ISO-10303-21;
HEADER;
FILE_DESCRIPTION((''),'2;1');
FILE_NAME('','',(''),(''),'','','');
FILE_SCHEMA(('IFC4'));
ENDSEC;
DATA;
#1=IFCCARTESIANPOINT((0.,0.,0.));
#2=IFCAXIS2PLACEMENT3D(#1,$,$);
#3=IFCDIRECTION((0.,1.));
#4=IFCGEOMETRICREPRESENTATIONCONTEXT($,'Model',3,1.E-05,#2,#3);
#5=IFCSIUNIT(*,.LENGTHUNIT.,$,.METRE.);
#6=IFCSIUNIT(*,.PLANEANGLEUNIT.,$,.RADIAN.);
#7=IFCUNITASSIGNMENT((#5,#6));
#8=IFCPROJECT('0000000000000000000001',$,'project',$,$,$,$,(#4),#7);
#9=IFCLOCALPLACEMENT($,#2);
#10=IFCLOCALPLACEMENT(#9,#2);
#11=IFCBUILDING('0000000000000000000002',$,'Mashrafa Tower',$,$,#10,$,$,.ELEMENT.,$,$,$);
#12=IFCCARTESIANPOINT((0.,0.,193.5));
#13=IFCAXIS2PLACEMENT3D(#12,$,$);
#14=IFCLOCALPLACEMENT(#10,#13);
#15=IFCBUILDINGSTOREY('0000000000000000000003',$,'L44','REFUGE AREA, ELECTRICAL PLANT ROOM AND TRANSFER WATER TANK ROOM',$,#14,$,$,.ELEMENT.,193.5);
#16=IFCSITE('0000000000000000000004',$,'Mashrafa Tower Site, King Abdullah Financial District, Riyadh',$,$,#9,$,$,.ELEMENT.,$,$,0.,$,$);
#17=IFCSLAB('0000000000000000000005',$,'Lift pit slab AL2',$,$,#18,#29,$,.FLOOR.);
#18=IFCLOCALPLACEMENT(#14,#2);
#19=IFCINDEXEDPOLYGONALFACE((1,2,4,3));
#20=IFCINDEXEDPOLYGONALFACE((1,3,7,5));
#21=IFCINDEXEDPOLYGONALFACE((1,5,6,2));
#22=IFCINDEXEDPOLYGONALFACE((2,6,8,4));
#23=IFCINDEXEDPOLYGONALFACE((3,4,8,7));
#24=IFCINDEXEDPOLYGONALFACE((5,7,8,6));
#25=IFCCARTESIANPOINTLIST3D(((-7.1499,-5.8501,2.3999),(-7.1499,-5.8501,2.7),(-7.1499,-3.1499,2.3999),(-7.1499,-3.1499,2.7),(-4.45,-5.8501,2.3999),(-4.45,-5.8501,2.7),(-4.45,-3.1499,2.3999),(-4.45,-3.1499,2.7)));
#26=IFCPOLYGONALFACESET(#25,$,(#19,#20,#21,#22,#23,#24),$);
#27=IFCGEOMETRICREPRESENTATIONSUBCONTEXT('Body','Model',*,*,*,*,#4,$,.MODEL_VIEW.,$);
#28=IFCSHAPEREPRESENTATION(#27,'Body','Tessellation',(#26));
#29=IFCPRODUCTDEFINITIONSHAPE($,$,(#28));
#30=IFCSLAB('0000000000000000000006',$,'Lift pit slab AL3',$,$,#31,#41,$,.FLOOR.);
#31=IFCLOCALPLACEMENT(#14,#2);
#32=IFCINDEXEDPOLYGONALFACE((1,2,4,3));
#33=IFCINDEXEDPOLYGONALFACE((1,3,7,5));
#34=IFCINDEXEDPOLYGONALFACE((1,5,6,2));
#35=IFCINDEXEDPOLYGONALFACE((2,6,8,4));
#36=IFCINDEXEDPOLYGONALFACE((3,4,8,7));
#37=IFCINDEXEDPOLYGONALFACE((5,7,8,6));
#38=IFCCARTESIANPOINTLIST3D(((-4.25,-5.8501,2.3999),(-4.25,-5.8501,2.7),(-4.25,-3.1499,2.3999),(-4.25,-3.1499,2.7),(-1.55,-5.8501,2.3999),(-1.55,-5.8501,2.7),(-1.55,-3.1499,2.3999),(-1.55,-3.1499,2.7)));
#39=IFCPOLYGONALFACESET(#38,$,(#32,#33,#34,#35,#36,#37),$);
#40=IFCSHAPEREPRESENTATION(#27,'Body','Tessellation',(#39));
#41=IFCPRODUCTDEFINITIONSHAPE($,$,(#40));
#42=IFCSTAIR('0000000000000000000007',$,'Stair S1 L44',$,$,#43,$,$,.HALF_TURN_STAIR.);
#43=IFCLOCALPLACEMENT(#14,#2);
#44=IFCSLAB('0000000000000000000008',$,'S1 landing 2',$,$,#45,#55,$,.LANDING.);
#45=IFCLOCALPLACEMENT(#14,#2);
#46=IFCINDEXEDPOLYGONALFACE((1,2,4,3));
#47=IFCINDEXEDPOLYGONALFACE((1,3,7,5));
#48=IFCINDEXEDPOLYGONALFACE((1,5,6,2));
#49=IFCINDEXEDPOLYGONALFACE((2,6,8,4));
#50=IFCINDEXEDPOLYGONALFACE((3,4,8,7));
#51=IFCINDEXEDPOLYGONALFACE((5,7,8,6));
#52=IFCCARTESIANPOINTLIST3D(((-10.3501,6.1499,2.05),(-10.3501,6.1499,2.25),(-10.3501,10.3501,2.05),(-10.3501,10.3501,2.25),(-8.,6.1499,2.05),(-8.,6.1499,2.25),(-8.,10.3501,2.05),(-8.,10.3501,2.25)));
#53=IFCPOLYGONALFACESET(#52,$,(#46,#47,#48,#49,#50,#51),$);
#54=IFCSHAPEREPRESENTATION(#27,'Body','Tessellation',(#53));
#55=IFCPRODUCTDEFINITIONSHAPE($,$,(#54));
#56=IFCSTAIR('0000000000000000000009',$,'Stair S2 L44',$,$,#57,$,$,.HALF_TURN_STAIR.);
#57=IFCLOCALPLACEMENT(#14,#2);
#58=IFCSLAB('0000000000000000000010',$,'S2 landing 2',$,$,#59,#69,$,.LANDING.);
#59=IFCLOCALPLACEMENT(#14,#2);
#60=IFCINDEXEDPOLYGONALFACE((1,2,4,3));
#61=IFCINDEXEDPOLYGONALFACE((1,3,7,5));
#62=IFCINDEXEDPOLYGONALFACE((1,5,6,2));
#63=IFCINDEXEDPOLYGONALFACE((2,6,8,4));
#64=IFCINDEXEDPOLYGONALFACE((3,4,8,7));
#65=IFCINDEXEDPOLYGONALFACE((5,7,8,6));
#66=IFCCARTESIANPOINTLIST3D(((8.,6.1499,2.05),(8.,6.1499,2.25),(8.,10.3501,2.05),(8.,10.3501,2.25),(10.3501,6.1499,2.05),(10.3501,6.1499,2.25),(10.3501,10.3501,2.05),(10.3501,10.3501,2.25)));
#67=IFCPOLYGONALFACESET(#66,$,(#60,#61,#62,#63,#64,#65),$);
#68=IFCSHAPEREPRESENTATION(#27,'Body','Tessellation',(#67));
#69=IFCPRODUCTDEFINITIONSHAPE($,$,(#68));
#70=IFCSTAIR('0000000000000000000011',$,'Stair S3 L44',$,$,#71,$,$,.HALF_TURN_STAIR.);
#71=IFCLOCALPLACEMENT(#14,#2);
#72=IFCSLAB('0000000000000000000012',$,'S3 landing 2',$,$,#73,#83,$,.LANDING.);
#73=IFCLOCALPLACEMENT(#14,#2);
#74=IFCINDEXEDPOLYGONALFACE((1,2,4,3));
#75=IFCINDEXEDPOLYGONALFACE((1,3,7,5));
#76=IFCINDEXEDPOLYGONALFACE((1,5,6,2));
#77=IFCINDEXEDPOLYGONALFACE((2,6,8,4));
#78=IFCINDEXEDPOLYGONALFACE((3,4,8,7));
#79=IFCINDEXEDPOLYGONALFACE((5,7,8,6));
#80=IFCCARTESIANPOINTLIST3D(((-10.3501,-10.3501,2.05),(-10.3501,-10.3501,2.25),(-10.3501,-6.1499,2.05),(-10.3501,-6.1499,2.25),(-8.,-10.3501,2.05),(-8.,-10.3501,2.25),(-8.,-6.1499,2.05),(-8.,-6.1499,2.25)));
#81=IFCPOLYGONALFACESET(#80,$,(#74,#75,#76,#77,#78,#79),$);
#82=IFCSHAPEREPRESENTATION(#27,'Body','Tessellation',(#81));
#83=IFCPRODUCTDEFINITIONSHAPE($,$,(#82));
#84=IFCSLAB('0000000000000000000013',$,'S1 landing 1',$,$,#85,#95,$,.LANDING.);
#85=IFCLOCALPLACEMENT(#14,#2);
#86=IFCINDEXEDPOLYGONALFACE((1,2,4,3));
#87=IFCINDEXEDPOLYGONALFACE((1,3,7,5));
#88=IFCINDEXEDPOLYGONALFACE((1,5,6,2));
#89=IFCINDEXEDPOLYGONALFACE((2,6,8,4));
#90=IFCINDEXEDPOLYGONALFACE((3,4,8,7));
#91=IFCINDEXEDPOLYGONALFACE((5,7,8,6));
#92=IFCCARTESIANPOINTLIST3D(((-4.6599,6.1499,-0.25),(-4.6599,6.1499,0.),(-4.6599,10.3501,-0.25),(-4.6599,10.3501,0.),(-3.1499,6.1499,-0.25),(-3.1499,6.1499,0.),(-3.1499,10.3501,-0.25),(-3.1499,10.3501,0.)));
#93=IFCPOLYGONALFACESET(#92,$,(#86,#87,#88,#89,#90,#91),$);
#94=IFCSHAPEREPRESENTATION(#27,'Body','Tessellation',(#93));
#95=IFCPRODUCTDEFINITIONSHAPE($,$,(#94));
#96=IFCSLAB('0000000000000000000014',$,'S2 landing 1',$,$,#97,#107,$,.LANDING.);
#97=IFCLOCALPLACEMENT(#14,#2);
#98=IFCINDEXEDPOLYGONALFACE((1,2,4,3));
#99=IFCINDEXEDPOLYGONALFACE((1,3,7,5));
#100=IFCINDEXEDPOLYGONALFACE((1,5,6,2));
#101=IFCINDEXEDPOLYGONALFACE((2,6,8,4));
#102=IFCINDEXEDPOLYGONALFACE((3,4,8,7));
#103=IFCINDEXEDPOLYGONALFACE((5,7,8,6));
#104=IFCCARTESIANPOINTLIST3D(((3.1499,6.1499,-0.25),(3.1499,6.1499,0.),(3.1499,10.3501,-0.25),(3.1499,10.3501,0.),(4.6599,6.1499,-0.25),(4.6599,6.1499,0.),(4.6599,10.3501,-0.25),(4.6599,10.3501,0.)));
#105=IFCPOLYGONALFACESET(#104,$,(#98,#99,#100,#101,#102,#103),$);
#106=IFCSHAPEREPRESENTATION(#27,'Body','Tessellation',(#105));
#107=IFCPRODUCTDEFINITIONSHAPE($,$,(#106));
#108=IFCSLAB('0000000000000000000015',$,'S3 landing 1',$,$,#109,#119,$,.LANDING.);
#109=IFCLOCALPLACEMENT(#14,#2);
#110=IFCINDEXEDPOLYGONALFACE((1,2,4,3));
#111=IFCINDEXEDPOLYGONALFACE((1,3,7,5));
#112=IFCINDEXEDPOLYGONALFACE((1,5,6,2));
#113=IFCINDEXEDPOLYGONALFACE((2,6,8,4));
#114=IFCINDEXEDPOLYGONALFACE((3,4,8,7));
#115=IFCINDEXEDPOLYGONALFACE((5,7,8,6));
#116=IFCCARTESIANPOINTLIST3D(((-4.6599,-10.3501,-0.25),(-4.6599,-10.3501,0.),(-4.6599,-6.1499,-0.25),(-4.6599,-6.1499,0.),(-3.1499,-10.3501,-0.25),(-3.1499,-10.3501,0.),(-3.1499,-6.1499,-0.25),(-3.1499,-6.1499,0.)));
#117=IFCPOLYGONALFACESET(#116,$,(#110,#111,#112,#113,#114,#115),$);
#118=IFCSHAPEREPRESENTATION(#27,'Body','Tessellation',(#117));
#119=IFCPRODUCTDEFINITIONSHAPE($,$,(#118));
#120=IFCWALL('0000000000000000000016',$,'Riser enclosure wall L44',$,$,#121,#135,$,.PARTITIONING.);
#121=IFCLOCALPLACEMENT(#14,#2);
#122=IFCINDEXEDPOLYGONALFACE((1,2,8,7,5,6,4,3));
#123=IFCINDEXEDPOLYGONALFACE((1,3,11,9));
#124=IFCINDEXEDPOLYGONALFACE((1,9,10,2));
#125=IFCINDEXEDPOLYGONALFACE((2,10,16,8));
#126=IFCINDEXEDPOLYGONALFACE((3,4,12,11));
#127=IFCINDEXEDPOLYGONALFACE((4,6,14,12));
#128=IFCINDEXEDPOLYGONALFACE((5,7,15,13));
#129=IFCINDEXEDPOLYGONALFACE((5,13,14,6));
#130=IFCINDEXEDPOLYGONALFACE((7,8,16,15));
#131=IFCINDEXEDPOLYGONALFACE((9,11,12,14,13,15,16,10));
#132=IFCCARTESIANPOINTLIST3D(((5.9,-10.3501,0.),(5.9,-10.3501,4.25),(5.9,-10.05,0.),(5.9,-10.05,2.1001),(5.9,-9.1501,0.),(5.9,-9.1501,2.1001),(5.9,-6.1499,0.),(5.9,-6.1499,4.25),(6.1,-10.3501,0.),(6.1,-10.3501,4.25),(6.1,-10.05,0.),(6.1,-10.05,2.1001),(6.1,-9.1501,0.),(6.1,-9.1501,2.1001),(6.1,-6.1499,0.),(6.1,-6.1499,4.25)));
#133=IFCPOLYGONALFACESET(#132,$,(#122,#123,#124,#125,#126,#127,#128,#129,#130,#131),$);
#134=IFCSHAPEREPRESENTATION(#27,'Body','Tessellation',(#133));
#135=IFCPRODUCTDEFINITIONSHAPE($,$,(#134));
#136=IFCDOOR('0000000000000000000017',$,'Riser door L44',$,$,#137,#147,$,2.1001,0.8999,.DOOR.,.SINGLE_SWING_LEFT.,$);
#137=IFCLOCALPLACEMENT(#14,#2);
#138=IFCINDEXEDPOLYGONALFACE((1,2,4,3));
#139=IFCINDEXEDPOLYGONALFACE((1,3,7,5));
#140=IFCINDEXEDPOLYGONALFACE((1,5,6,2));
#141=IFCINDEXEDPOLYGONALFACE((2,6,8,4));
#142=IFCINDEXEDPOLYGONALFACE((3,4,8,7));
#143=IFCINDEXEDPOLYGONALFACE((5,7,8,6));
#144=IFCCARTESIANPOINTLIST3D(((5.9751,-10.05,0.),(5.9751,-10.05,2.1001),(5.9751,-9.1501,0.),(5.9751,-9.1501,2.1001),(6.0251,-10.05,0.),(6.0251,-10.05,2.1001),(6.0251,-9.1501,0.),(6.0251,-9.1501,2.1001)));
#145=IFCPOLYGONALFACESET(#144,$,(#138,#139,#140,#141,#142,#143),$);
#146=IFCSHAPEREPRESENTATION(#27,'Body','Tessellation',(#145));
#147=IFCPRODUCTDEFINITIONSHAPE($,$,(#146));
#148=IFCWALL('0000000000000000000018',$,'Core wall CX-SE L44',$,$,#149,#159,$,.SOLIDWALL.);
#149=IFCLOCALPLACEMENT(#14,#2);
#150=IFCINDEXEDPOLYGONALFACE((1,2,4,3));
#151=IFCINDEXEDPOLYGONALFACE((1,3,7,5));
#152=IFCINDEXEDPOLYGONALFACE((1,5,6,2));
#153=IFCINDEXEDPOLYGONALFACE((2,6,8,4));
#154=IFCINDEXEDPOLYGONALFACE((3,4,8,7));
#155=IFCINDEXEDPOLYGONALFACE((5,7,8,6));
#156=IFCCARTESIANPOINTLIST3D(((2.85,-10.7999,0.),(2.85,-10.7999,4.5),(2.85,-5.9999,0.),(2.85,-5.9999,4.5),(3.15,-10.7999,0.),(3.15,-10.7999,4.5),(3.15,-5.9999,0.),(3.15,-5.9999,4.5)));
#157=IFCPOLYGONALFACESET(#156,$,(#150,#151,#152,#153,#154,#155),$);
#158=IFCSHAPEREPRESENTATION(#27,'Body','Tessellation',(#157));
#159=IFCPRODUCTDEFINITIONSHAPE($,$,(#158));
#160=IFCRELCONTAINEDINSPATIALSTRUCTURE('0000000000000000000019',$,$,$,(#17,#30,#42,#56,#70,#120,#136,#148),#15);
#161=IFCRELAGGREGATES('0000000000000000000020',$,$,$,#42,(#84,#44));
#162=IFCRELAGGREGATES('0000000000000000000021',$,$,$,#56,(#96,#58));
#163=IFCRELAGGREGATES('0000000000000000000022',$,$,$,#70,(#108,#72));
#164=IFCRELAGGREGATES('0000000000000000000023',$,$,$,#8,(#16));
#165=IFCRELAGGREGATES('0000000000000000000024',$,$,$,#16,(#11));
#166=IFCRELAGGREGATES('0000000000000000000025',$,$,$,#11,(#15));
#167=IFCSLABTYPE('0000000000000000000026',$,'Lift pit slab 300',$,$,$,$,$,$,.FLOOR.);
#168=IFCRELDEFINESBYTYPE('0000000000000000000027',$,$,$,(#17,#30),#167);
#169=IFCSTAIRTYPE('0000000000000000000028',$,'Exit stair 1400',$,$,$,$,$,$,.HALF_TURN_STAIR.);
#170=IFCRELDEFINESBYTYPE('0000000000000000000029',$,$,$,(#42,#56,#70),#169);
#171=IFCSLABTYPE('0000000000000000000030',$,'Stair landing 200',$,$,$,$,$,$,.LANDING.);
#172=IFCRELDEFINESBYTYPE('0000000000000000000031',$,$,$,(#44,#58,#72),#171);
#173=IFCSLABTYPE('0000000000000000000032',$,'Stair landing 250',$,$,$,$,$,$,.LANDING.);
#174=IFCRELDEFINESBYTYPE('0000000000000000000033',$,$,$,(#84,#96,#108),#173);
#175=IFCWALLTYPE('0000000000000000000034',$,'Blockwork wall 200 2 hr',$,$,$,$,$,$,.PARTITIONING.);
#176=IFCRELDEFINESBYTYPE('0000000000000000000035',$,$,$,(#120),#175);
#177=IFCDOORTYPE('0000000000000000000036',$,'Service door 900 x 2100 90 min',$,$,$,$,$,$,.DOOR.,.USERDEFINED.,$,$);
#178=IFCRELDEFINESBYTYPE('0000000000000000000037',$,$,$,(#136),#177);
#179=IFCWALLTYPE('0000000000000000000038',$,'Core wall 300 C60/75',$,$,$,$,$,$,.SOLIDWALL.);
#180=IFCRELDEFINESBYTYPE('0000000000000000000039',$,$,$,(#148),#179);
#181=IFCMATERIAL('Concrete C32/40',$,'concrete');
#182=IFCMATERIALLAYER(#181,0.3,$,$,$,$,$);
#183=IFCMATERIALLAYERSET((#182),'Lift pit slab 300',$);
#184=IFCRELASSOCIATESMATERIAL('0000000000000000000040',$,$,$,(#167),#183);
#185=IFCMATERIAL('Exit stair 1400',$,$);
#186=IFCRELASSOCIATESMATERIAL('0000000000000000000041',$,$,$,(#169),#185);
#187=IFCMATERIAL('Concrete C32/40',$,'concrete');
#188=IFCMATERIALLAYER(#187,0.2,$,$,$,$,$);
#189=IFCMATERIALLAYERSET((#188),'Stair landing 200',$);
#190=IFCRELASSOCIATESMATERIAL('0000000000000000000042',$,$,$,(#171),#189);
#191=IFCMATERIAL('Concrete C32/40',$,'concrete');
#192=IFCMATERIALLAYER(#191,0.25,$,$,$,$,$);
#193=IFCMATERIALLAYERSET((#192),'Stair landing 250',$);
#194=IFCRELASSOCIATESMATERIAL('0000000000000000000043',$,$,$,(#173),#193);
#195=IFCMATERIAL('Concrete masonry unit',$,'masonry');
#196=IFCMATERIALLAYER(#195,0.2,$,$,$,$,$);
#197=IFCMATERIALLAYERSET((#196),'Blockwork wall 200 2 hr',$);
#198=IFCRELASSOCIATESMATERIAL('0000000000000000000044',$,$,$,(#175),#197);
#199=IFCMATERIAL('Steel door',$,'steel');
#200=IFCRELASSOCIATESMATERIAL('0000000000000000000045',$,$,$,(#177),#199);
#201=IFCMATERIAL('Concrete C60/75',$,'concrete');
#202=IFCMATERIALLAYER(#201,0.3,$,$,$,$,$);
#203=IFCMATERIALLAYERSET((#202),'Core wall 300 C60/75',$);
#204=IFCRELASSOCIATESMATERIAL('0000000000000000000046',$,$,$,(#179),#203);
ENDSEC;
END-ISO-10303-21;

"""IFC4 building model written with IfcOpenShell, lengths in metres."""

from ifc_helpers import new_model, si_unit, direction, frame, frame_2d, origin, place, context, subcontext, project, spatial, polyline, rectangle, outline, extrude, material, layer, layer_set, type_object, element, fill, aggregate, save


model = new_model("IFC4")

# Units and contexts
model_context = context("Model", 3, precision=1e-05, world=origin(), true_north=direction((0.0, 1.0)))
body_context = subcontext(model_context, "Body", "Model", "MODEL_VIEW")
ifc_project = project(units=[si_unit("LENGTHUNIT", "METRE"), si_unit("PLANEANGLEUNIT", "RADIAN")], contexts=[model_context])

# Site, building, storey
site_placement = place(None, origin())
site = spatial("IfcSite", under=ifc_project, at=site_placement, Name="Mashrafa Tower Site, King Abdullah Financial District, Riyadh", CompositionType="ELEMENT", RefElevation=0.0)
building_placement = place(site_placement, origin())
building = spatial("IfcBuilding", under=site, at=building_placement, Name="Mashrafa Tower", CompositionType="ELEMENT")
storey_placement = place(building_placement, frame((0.0, 0.0, 193.5)))
storey = spatial("IfcBuildingStorey", under=building, at=storey_placement, Name="L44", Description="REFUGE AREA, ELECTRICAL PLANT ROOM AND TRANSFER WATER TANK ROOM", CompositionType="ELEMENT", Elevation=193.5)

# Slabs
ifc_material_1 = material(Name="Concrete C32/40", Category="concrete")
ifc_layer_1 = layer(ifc_material_1, 0.3)
ifc_layer_set_1 = layer_set([ifc_layer_1], Name="Lift pit slab 300")
slab_type_1 = type_object("IfcSlabType", Name="Lift pit slab 300", PredefinedType="FLOOR", material=ifc_layer_set_1)
slab_1_placement = place(storey_placement, frame((0.0, 0.0, 2.3999)))
element("IfcSlab", 1, at=slab_1_placement, inside=storey, type_object=slab_type_1, Name="Lift pit slab AL2", PredefinedType="FLOOR", context=body_context, shape_type="SweptSolid", body=[
    extrude(outline(polyline([(-7.1499, -5.8501), (-4.45, -5.8501), (-4.45, -3.1499), (-7.1499, -3.1499), (-7.1499, -5.8501)])), origin(), (0.0, 0.0, 1.0), 0.3),
])
slab_2_placement = place(storey_placement, frame((0.0, 0.0, 2.3999)))
element("IfcSlab", 2, at=slab_2_placement, inside=storey, type_object=slab_type_1, Name="Lift pit slab AL3", PredefinedType="FLOOR", context=body_context, shape_type="SweptSolid", body=[
    extrude(outline(polyline([(-4.25, -5.8501), (-1.55, -5.8501), (-1.55, -3.1499), (-4.25, -3.1499), (-4.25, -5.8501)])), origin(), (0.0, 0.0, 1.0), 0.3),
])

# Stairs, slabs
ifc_material_2 = material(Name="Exit stair 1400")
stair_type = type_object("IfcStairType", Name="Exit stair 1400", PredefinedType="HALF_TURN_STAIR", material=ifc_material_2)
stair_1_placement = place(storey_placement, origin())
stair_1 = element("IfcStair", 3, at=stair_1_placement, inside=storey, type_object=stair_type, Name="Stair S1 L44", PredefinedType="HALF_TURN_STAIR")
ifc_material_3 = material(Name="Concrete C32/40", Category="concrete")
ifc_layer_2 = layer(ifc_material_3, 0.2)
ifc_layer_set_2 = layer_set([ifc_layer_2], Name="Stair landing 200")
slab_type_2 = type_object("IfcSlabType", Name="Stair landing 200", PredefinedType="LANDING", material=ifc_layer_set_2)
slab_3_placement = place(storey_placement, frame((0.0, 0.0, 2.05)))
slab_3 = element("IfcSlab", 4, at=slab_3_placement, type_object=slab_type_2, Name="S1 landing 2", PredefinedType="LANDING", context=body_context, shape_type="SweptSolid", body=[
    extrude(outline(polyline([(-10.3501, 6.1499), (-8.0, 6.1499), (-8.0, 10.3501), (-10.3501, 10.3501), (-10.3501, 6.1499)])), origin(), (0.0, 0.0, 1.0), 0.2),
])
stair_2_placement = place(storey_placement, origin())
stair_2 = element("IfcStair", 5, at=stair_2_placement, inside=storey, type_object=stair_type, Name="Stair S2 L44", PredefinedType="HALF_TURN_STAIR")
slab_4_placement = place(storey_placement, frame((0.0, 0.0, 2.05)))
slab_4 = element("IfcSlab", 6, at=slab_4_placement, type_object=slab_type_2, Name="S2 landing 2", PredefinedType="LANDING", context=body_context, shape_type="SweptSolid", body=[
    extrude(outline(polyline([(8.0, 6.1499), (10.3501, 6.1499), (10.3501, 10.3501), (8.0, 10.3501), (8.0, 6.1499)])), origin(), (0.0, 0.0, 1.0), 0.2),
])
stair_3_placement = place(storey_placement, origin())
stair_3 = element("IfcStair", 7, at=stair_3_placement, inside=storey, type_object=stair_type, Name="Stair S3 L44", PredefinedType="HALF_TURN_STAIR")
slab_5_placement = place(storey_placement, frame((0.0, 0.0, 2.05)))
slab_5 = element("IfcSlab", 8, at=slab_5_placement, type_object=slab_type_2, Name="S3 landing 2", PredefinedType="LANDING", context=body_context, shape_type="SweptSolid", body=[
    extrude(outline(polyline([(-10.3501, -10.3501), (-8.0, -10.3501), (-8.0, -6.1499), (-10.3501, -6.1499), (-10.3501, -10.3501)])), origin(), (0.0, 0.0, 1.0), 0.2),
])

# Slabs
ifc_material_4 = material(Name="Concrete C32/40", Category="concrete")
ifc_layer_3 = layer(ifc_material_4, 0.25)
ifc_layer_set_3 = layer_set([ifc_layer_3], Name="Stair landing 250")
slab_type_3 = type_object("IfcSlabType", Name="Stair landing 250", PredefinedType="LANDING", material=ifc_layer_set_3)
slab_6_placement = place(storey_placement, frame((0.0, 0.0, -0.25)))
slab_6 = element("IfcSlab", 9, at=slab_6_placement, type_object=slab_type_3, Name="S1 landing 1", PredefinedType="LANDING", context=body_context, shape_type="SweptSolid", body=[
    extrude(outline(polyline([(-4.6599, 6.1499), (-3.1499, 6.1499), (-3.1499, 10.3501), (-4.6599, 10.3501), (-4.6599, 6.1499)])), origin(), (0.0, 0.0, 1.0), 0.25),
])
aggregate(stair_1, [slab_6, slab_3])
slab_7_placement = place(storey_placement, frame((0.0, 0.0, -0.25)))
slab_7 = element("IfcSlab", 10, at=slab_7_placement, type_object=slab_type_3, Name="S2 landing 1", PredefinedType="LANDING", context=body_context, shape_type="SweptSolid", body=[
    extrude(outline(polyline([(3.1499, 6.1499), (4.6599, 6.1499), (4.6599, 10.3501), (3.1499, 10.3501), (3.1499, 6.1499)])), origin(), (0.0, 0.0, 1.0), 0.25),
])
aggregate(stair_2, [slab_7, slab_4])
slab_8_placement = place(storey_placement, frame((0.0, 0.0, -0.25)))
slab_8 = element("IfcSlab", 11, at=slab_8_placement, type_object=slab_type_3, Name="S3 landing 1", PredefinedType="LANDING", context=body_context, shape_type="SweptSolid", body=[
    extrude(outline(polyline([(-4.6599, -10.3501), (-3.1499, -10.3501), (-3.1499, -6.1499), (-4.6599, -6.1499), (-4.6599, -10.3501)])), origin(), (0.0, 0.0, 1.0), 0.25),
])
aggregate(stair_3, [slab_8, slab_5])

# Wall, opening, door
ifc_material_5 = material(Name="Concrete masonry unit", Category="masonry")
ifc_layer_4 = layer(ifc_material_5, 0.2)
ifc_layer_set_4 = layer_set([ifc_layer_4], Name="Blockwork wall 200 2 hr")
wall_type_1 = type_object("IfcWallType", Name="Blockwork wall 200 2 hr", PredefinedType="PARTITIONING", material=ifc_layer_set_4)
wall_1_placement = place(storey_placement, frame((6.0, -10.3501, 0.0), z_axis=(0.0, 0.0, 1.0), x_axis=(0.0, 1.0, 0.0)))
wall_1 = element("IfcWall", 12, at=wall_1_placement, inside=storey, type_object=wall_type_1, Name="Riser enclosure wall L44", PredefinedType="PARTITIONING", context=body_context, shape_type="SweptSolid", body=[
    extrude(rectangle(XDim=4.2002, YDim=0.2, at=frame_2d((2.1001, 0.0))), origin(), (0.0, 0.0, 1.0), 4.25),
])
opening_1_placement = place(wall_1_placement, frame((0.3, 0.0, 0.0)))
opening_1 = element("IfcOpeningElement", 13, at=opening_1_placement, cuts=wall_1, PredefinedType="OPENING", context=body_context, shape_type="SweptSolid", body=[
    extrude(rectangle(XDim=0.8999, YDim=2.1001, at=frame_2d((0.45, 1.05))), frame((0.0, 0.1099, 0.0), z_axis=(0.0, -1.0, 0.0), x_axis=(1.0, 0.0, 0.0)), (0.0, 0.0, 1.0), 0.22),
])
ifc_material_6 = material(Name="Steel door", Category="steel")
door_type_1 = type_object("IfcDoorType", Name="Service door 900 x 2100 90 min", OperationType="USERDEFINED", PredefinedType="DOOR", material=ifc_material_6)
door_1_placement = place(opening_1_placement, origin())
door_1 = element("IfcDoor", 14, at=door_1_placement, inside=storey, type_object=door_type_1, Name="Riser door L44", OperationType="SINGLE_SWING_LEFT", OverallHeight=2.1001, OverallWidth=0.8999, PredefinedType="DOOR", context=body_context, shape_type="SweptSolid", body=[
    extrude(rectangle(XDim=0.8999, YDim=2.1001, at=frame_2d((0.45, 1.05))), frame((0.0, 0.0249, 0.0), z_axis=(0.0, -1.0, 0.0), x_axis=(1.0, 0.0, 0.0)), (0.0, 0.0, 1.0), 0.05),
])
fill(opening_1, door_1)

# Wall
ifc_material_7 = material(Name="Concrete C60/75", Category="concrete")
ifc_layer_5 = layer(ifc_material_7, 0.3)
ifc_layer_set_5 = layer_set([ifc_layer_5], Name="Core wall 300 C60/75")
wall_type_2 = type_object("IfcWallType", Name="Core wall 300 C60/75", PredefinedType="SOLIDWALL", material=ifc_layer_set_5)
wall_2_placement = place(storey_placement, frame((3.0, -6.0, 0.0), z_axis=(0.0, 0.0, 1.0), x_axis=(0.0, -1.0, 0.0)))
element("IfcWall", 15, at=wall_2_placement, inside=storey, type_object=wall_type_2, Name="Core wall CX-SE L44", PredefinedType="SOLIDWALL", context=body_context, shape_type="SweptSolid", body=[
    extrude(rectangle(XDim=4.8, YDim=0.3, at=frame_2d((2.3999, 0.0))), origin(), (0.0, 0.0, 1.0), 4.5),
])

save(model, "model.ifc")
